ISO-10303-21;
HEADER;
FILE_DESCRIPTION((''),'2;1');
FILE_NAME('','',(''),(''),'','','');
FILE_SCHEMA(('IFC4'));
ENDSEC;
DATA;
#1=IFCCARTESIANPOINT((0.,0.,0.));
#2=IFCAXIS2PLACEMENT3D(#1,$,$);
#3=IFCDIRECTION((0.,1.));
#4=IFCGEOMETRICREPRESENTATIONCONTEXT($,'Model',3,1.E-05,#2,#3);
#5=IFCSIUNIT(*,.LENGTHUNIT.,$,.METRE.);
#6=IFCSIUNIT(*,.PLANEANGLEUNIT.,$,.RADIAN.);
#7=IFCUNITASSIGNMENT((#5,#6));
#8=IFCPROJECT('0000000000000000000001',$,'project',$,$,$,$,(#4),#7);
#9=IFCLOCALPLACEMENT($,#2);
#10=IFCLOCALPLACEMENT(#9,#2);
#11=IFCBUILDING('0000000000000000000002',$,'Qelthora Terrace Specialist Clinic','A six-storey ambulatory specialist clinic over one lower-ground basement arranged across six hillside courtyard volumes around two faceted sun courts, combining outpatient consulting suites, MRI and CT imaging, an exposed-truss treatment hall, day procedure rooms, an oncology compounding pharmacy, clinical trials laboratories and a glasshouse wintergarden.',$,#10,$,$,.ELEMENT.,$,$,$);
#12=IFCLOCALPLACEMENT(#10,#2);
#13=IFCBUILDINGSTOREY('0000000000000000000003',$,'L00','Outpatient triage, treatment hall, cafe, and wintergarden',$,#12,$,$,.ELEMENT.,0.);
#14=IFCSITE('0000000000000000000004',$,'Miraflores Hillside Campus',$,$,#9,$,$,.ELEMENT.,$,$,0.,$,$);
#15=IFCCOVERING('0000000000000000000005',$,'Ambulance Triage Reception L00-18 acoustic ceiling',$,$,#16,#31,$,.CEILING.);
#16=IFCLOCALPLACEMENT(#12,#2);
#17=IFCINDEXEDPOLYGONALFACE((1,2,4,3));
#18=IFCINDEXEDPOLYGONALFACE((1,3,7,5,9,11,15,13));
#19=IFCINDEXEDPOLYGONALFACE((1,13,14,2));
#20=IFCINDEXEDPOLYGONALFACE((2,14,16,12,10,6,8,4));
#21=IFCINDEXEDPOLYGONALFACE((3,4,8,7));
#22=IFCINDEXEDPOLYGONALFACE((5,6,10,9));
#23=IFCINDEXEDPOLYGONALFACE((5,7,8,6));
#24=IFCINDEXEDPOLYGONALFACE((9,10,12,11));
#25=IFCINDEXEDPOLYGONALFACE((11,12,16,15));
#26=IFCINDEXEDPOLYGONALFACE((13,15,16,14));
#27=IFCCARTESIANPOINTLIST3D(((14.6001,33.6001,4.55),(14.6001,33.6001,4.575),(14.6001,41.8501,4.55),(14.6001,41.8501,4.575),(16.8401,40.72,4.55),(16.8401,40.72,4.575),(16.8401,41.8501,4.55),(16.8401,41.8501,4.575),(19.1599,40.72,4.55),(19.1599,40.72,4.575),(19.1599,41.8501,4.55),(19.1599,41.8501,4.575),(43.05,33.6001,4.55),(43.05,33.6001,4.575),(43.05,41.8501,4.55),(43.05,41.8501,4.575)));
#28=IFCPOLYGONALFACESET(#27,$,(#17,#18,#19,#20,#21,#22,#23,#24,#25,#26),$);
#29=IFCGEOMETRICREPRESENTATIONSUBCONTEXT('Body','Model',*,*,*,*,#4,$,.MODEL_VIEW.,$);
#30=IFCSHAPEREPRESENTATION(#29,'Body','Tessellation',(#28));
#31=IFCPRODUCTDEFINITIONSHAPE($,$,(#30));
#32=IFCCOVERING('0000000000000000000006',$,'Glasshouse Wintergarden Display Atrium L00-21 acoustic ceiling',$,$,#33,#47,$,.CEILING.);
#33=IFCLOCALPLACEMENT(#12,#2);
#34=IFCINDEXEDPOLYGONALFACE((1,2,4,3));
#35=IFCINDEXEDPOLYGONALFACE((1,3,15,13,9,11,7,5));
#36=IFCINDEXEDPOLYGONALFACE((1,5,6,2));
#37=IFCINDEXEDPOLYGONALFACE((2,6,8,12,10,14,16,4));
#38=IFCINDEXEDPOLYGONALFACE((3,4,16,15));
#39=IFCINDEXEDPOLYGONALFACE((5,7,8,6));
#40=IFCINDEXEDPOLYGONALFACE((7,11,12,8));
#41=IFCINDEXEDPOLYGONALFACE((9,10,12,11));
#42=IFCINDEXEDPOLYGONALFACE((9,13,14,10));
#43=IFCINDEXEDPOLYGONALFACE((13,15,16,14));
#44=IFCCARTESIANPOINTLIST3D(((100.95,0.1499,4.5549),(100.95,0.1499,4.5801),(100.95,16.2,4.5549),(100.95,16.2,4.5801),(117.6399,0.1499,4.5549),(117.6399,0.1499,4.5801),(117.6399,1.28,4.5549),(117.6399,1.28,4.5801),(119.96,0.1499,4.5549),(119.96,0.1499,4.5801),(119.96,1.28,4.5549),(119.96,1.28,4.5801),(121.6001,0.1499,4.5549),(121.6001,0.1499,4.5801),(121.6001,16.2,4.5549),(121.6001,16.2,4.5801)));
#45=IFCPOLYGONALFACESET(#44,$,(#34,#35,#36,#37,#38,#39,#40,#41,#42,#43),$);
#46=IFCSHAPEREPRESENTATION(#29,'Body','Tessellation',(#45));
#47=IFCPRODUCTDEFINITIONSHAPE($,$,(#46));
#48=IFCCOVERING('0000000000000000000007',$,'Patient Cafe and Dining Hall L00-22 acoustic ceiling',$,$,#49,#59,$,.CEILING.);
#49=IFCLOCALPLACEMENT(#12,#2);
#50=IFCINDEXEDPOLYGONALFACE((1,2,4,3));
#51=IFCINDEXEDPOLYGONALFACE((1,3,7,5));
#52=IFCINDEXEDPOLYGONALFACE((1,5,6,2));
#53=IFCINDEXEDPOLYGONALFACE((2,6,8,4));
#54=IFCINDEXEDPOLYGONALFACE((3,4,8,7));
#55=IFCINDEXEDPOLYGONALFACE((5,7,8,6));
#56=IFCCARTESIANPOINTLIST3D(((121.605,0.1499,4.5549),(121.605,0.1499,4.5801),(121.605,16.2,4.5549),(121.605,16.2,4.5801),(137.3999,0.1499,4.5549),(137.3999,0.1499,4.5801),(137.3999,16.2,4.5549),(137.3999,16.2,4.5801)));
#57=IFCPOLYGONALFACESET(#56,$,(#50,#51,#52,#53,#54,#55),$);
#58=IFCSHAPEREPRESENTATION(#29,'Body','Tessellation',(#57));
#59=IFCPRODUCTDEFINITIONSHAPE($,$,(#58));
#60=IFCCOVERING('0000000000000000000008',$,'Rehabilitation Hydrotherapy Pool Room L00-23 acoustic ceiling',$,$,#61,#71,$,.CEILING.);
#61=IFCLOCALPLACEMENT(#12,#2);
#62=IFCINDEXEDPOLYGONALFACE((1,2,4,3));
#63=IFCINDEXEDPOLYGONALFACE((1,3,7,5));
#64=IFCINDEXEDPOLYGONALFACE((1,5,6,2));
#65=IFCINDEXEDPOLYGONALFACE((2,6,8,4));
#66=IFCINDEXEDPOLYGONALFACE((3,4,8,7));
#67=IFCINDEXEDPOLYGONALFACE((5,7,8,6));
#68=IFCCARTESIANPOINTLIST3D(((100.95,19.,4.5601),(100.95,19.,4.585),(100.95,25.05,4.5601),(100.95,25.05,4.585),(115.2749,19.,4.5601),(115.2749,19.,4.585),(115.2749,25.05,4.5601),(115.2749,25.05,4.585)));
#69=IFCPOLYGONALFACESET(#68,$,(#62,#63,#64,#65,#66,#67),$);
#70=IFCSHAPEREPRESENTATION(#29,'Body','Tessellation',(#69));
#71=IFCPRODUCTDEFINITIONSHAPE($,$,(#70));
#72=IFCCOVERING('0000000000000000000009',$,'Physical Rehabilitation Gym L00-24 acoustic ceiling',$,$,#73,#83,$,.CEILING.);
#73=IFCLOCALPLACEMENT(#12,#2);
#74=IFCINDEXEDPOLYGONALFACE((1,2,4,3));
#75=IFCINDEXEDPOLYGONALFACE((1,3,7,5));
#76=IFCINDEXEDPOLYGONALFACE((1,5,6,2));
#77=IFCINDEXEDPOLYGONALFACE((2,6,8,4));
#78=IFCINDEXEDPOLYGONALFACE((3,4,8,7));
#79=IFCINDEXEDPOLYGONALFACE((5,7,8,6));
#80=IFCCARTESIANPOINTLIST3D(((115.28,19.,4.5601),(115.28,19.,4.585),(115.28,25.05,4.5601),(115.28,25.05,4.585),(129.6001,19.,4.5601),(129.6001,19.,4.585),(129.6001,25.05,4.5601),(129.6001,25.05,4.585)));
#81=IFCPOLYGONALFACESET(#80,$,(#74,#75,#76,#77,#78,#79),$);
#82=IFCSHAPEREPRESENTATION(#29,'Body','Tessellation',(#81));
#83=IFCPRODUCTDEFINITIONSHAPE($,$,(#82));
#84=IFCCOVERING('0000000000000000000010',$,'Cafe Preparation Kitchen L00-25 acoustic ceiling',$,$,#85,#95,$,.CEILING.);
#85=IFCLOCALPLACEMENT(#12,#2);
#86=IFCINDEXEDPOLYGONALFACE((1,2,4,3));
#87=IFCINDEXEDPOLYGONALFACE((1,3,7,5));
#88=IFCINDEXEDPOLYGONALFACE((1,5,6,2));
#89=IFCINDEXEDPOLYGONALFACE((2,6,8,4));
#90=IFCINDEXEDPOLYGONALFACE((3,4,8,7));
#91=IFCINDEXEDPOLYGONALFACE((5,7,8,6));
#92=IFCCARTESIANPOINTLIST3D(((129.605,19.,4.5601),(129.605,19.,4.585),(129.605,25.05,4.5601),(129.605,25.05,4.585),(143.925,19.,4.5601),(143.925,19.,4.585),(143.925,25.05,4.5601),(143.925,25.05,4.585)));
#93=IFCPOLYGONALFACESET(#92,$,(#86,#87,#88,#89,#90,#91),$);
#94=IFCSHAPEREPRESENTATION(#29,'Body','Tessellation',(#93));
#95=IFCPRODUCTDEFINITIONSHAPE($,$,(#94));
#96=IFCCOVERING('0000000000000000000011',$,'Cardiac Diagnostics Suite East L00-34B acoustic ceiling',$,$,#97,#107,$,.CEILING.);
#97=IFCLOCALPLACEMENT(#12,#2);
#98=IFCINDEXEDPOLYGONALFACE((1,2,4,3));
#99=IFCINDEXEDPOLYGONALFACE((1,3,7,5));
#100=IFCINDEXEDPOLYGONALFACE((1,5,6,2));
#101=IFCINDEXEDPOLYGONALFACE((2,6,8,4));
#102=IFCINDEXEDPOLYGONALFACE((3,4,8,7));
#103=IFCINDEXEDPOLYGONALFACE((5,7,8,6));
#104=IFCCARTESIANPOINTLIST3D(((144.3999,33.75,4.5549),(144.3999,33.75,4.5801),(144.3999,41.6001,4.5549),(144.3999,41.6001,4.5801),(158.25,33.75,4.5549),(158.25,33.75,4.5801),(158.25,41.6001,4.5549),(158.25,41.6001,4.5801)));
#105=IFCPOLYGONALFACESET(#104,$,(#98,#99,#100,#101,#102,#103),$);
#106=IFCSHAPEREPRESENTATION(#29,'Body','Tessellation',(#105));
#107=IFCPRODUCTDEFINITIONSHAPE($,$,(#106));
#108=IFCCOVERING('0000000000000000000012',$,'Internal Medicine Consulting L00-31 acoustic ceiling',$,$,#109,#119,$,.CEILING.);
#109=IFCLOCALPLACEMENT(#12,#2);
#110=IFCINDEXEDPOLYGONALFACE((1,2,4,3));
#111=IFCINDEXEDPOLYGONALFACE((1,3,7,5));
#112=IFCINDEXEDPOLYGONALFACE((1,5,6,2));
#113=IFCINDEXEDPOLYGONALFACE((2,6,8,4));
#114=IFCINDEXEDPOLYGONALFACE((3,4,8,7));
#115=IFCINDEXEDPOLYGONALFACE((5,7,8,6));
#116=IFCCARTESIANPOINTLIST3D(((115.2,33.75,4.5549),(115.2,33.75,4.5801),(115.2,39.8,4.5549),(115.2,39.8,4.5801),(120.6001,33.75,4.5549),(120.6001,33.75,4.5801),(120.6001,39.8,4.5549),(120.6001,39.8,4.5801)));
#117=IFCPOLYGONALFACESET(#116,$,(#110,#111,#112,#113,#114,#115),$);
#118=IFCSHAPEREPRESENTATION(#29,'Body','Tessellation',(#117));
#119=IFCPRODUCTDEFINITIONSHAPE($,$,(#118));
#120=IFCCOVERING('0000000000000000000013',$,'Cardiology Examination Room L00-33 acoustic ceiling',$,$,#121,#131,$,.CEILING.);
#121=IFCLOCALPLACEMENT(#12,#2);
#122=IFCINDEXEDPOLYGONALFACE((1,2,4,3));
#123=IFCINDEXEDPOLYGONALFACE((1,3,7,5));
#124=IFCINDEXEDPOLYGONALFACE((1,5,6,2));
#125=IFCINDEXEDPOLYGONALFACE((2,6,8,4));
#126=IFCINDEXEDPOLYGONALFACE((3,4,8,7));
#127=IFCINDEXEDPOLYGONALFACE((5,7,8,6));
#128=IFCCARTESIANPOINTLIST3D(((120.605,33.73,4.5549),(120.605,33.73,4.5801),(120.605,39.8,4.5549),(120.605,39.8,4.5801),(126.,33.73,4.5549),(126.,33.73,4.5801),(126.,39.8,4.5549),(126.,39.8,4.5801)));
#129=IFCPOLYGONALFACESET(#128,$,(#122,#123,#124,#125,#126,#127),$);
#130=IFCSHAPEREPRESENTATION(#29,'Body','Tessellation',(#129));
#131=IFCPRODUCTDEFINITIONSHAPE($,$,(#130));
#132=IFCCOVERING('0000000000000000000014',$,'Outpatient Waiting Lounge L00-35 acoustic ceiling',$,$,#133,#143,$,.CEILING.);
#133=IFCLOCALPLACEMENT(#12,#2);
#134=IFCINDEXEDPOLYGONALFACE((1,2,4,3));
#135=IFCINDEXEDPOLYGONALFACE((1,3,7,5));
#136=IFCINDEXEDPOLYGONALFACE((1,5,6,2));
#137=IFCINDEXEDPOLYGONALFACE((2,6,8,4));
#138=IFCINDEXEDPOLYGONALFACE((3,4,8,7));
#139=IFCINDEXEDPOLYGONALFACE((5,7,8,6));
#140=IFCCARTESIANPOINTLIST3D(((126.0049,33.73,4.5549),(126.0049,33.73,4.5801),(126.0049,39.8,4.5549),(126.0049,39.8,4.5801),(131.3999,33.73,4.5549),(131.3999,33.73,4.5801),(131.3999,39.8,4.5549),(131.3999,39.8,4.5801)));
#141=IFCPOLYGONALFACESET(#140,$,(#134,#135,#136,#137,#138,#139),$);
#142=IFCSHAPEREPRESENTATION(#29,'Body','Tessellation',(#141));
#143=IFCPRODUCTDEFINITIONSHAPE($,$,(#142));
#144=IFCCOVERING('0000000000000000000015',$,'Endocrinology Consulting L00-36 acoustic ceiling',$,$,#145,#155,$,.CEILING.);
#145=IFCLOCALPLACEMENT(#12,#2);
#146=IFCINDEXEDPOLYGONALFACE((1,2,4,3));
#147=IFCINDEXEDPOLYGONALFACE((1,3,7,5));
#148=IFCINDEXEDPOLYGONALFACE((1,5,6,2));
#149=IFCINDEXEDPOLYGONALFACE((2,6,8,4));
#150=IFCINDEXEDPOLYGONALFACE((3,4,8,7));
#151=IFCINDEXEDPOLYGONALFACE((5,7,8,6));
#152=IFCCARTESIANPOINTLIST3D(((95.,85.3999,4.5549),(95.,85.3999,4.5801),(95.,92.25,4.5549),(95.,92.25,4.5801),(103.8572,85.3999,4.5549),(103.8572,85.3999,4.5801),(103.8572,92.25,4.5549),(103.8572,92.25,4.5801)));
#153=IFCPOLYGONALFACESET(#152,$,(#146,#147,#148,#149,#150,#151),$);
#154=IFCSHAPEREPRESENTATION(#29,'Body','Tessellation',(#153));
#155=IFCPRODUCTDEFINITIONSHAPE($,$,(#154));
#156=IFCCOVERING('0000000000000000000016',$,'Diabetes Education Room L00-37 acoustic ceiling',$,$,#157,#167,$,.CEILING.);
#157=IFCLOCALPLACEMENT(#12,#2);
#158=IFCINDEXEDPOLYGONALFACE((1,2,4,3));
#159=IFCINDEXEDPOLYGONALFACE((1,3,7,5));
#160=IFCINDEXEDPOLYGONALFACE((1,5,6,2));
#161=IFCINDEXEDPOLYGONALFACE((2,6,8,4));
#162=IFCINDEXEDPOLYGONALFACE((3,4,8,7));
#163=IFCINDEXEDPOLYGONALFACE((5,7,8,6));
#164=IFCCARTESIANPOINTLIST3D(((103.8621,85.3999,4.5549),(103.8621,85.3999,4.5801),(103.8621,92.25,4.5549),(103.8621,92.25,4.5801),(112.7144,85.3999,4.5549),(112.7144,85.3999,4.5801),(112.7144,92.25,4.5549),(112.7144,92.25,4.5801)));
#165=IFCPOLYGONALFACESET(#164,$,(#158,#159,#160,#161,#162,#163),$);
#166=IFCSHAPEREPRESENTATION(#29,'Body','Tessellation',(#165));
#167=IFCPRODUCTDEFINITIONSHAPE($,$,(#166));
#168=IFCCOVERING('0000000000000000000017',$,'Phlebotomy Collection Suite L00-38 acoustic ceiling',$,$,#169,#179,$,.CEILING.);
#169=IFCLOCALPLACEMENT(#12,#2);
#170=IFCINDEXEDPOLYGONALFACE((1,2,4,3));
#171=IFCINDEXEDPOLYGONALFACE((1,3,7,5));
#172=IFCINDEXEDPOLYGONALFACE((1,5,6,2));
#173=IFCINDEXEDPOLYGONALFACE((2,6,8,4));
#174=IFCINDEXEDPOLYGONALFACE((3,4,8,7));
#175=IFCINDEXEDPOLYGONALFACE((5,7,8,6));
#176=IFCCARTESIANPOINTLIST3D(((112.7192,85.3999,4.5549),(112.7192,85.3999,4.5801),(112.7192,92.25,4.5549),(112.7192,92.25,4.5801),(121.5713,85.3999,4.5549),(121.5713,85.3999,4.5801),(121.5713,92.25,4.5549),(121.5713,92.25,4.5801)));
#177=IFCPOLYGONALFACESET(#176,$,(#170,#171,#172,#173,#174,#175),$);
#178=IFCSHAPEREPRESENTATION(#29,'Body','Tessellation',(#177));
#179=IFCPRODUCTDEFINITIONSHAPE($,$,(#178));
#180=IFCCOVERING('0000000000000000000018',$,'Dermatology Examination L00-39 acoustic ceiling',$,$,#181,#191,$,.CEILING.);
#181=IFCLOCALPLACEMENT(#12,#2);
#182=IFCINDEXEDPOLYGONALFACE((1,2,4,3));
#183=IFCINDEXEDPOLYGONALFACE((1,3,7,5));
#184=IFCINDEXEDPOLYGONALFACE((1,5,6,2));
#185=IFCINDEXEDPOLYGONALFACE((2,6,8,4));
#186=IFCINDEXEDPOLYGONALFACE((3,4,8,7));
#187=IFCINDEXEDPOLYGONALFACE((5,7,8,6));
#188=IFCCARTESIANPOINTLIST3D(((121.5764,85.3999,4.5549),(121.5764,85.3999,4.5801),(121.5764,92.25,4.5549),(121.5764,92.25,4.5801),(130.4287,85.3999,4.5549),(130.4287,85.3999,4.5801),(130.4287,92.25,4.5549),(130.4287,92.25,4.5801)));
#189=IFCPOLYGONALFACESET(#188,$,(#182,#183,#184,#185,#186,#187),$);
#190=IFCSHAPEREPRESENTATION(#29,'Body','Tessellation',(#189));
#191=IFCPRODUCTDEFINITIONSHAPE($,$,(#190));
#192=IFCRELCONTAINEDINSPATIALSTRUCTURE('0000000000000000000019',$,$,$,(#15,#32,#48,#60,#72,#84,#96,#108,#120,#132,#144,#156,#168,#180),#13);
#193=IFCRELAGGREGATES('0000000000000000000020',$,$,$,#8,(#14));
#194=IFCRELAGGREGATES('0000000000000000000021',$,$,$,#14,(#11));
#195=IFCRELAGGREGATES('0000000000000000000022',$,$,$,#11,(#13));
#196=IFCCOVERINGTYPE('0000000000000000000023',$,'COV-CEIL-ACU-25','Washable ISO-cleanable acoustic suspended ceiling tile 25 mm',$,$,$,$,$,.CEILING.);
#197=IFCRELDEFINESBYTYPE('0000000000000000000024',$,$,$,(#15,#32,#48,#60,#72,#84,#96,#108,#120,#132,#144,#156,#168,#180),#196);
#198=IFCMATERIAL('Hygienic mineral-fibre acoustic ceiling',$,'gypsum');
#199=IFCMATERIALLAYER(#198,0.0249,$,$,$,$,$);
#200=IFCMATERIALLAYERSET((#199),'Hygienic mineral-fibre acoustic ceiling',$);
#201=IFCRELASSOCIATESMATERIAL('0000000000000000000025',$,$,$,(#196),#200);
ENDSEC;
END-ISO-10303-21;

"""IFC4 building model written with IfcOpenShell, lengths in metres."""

from ifc_helpers import new_model, si_unit, direction, frame, origin, place, context, subcontext, project, spatial, polyline, outline, extrude, material, layer, layer_set, type_object, element, save


model = new_model("IFC4")

# Units and contexts
model_context = context("Model", 3, precision=1e-05, world=origin(), true_north=direction((0.0, 1.0)))
body_context = subcontext(model_context, "Body", "Model", "MODEL_VIEW")
ifc_project = project(units=[si_unit("LENGTHUNIT", "METRE"), si_unit("PLANEANGLEUNIT", "RADIAN")], contexts=[model_context])

# Site, building, storey
site_placement = place(None, origin())
site = spatial("IfcSite", under=ifc_project, at=site_placement, Name="Miraflores Hillside Campus", CompositionType="ELEMENT", RefElevation=0.0)
building_placement = place(site_placement, origin())
building = spatial("IfcBuilding", under=site, at=building_placement, Name="Qelthora Terrace Specialist Clinic", Description="A six-storey ambulatory specialist clinic over one lower-ground basement arranged across six hillside courtyard volumes around two faceted sun courts, combining outpatient consulting suites, MRI and CT imaging, an exposed-truss treatment hall, day procedure rooms, an oncology compounding pharmacy, clinical trials laboratories and a glasshouse wintergarden.", CompositionType="ELEMENT")
storey_placement = place(building_placement, origin())
storey = spatial("IfcBuildingStorey", under=building, at=storey_placement, Name="L00", Description="Outpatient triage, treatment hall, cafe, and wintergarden", CompositionType="ELEMENT", Elevation=0.0)

# Coverings
ifc_material_1 = material(Name="Hygienic mineral-fibre acoustic ceiling", Category="gypsum")
ifc_layer_1 = layer(ifc_material_1, 0.0249)
ifc_layer_set_1 = layer_set([ifc_layer_1], Name="Hygienic mineral-fibre acoustic ceiling")
covering_type = type_object("IfcCoveringType", Name="COV-CEIL-ACU-25", Description="Washable ISO-cleanable acoustic suspended ceiling tile 25 mm", PredefinedType="CEILING", material=ifc_layer_set_1)
covering_1_placement = place(storey_placement, frame((0.0, 0.0, 4.55)))
element("IfcCovering", 1, at=covering_1_placement, inside=storey, type_object=covering_type, Name="Ambulance Triage Reception L00-18 acoustic ceiling", PredefinedType="CEILING", context=body_context, shape_type="SweptSolid", body=[
    extrude(outline(polyline([(19.1599, 40.72), (19.1599, 41.8501), (43.05, 41.8501), (43.05, 33.6001), (14.6001, 33.6001), (14.6001, 41.8501), (16.8401, 41.8501), (16.8401, 40.72), (19.1599, 40.72)])), origin(), (0.0, 0.0, 1.0), 0.0249),
])
covering_2_placement = place(storey_placement, frame((0.0, 0.0, 4.5549)))
element("IfcCovering", 2, at=covering_2_placement, inside=storey, type_object=covering_type, Name="Glasshouse Wintergarden Display Atrium L00-21 acoustic ceiling", PredefinedType="CEILING", context=body_context, shape_type="SweptSolid", body=[
    extrude(outline(polyline([(119.96, 0.1499), (119.96, 1.28), (117.6399, 1.28), (117.6399, 0.1499), (100.95, 0.1499), (100.95, 16.2), (121.6001, 16.2), (121.6001, 0.1499), (119.96, 0.1499)])), origin(), (0.0, 0.0, 1.0), 0.0251),
])
covering_3_placement = place(storey_placement, frame((0.0, 0.0, 4.5549)))
element("IfcCovering", 3, at=covering_3_placement, inside=storey, type_object=covering_type, Name="Patient Cafe and Dining Hall L00-22 acoustic ceiling", PredefinedType="CEILING", context=body_context, shape_type="SweptSolid", body=[
    extrude(outline(polyline([(121.605, 0.1499), (121.605, 16.2), (137.3999, 16.2), (137.3999, 0.1499), (121.605, 0.1499)])), origin(), (0.0, 0.0, 1.0), 0.0251),
])
covering_4_placement = place(storey_placement, frame((0.0, 0.0, 4.5601)))
element("IfcCovering", 4, at=covering_4_placement, inside=storey, type_object=covering_type, Name="Rehabilitation Hydrotherapy Pool Room L00-23 acoustic ceiling", PredefinedType="CEILING", context=body_context, shape_type="SweptSolid", body=[
    extrude(outline(polyline([(100.95, 19.0), (100.95, 25.05), (115.2749, 25.05), (115.2749, 19.0), (100.95, 19.0)])), origin(), (0.0, 0.0, 1.0), 0.0249),
])
covering_5_placement = place(storey_placement, frame((0.0, 0.0, 4.5601)))
element("IfcCovering", 5, at=covering_5_placement, inside=storey, type_object=covering_type, Name="Physical Rehabilitation Gym L00-24 acoustic ceiling", PredefinedType="CEILING", context=body_context, shape_type="SweptSolid", body=[
    extrude(outline(polyline([(115.28, 19.0), (115.28, 25.05), (129.6001, 25.05), (129.6001, 19.0), (115.28, 19.0)])), origin(), (0.0, 0.0, 1.0), 0.0249),
])
covering_6_placement = place(storey_placement, frame((0.0, 0.0, 4.5601)))
element("IfcCovering", 6, at=covering_6_placement, inside=storey, type_object=covering_type, Name="Cafe Preparation Kitchen L00-25 acoustic ceiling", PredefinedType="CEILING", context=body_context, shape_type="SweptSolid", body=[
    extrude(outline(polyline([(129.605, 19.0), (129.605, 25.05), (143.925, 25.05), (143.925, 19.0), (129.605, 19.0)])), origin(), (0.0, 0.0, 1.0), 0.0249),
])
covering_7_placement = place(storey_placement, frame((0.0, 0.0, 4.5549)))
element("IfcCovering", 7, at=covering_7_placement, inside=storey, type_object=covering_type, Name="Cardiac Diagnostics Suite East L00-34B acoustic ceiling", PredefinedType="CEILING", context=body_context, shape_type="SweptSolid", body=[
    extrude(outline(polyline([(144.3999, 33.75), (144.3999, 41.6001), (158.25, 41.6001), (158.25, 33.75), (144.3999, 33.75)])), origin(), (0.0, 0.0, 1.0), 0.0251),
])
covering_8_placement = place(storey_placement, frame((0.0, 0.0, 4.5549)))
element("IfcCovering", 8, at=covering_8_placement, inside=storey, type_object=covering_type, Name="Internal Medicine Consulting L00-31 acoustic ceiling", PredefinedType="CEILING", context=body_context, shape_type="SweptSolid", body=[
    extrude(outline(polyline([(115.2, 33.75), (115.2, 39.8), (120.6001, 39.8), (120.6001, 33.75), (115.2, 33.75)])), origin(), (0.0, 0.0, 1.0), 0.0251),
])
covering_9_placement = place(storey_placement, frame((0.0, 0.0, 4.5549)))
element("IfcCovering", 9, at=covering_9_placement, inside=storey, type_object=covering_type, Name="Cardiology Examination Room L00-33 acoustic ceiling", PredefinedType="CEILING", context=body_context, shape_type="SweptSolid", body=[
    extrude(outline(polyline([(120.605, 39.8), (126.0, 39.8), (126.0, 33.73), (120.605, 33.73), (120.605, 39.8)])), origin(), (0.0, 0.0, 1.0), 0.0251),
])
covering_10_placement = place(storey_placement, frame((0.0, 0.0, 4.5549)))
element("IfcCovering", 10, at=covering_10_placement, inside=storey, type_object=covering_type, Name="Outpatient Waiting Lounge L00-35 acoustic ceiling", PredefinedType="CEILING", context=body_context, shape_type="SweptSolid", body=[
    extrude(outline(polyline([(126.0049, 39.8), (131.3999, 39.8), (131.3999, 33.73), (126.0049, 33.73), (126.0049, 39.8)])), origin(), (0.0, 0.0, 1.0), 0.0251),
])
covering_11_placement = place(storey_placement, frame((0.0, 0.0, 4.5549)))
element("IfcCovering", 11, at=covering_11_placement, inside=storey, type_object=covering_type, Name="Endocrinology Consulting L00-36 acoustic ceiling", PredefinedType="CEILING", context=body_context, shape_type="SweptSolid", body=[
    extrude(outline(polyline([(95.0, 85.3999), (95.0, 92.25), (103.8572, 92.25), (103.8572, 85.3999), (95.0, 85.3999)])), origin(), (0.0, 0.0, 1.0), 0.0251),
])
covering_12_placement = place(storey_placement, frame((0.0, 0.0, 4.5549)))
element("IfcCovering", 12, at=covering_12_placement, inside=storey, type_object=covering_type, Name="Diabetes Education Room L00-37 acoustic ceiling", PredefinedType="CEILING", context=body_context, shape_type="SweptSolid", body=[
    extrude(outline(polyline([(103.8621, 85.3999), (103.8621, 92.25), (112.7144, 92.25), (112.7144, 85.3999), (103.8621, 85.3999)])), origin(), (0.0, 0.0, 1.0), 0.0251),
])
covering_13_placement = place(storey_placement, frame((0.0, 0.0, 4.5549)))
element("IfcCovering", 13, at=covering_13_placement, inside=storey, type_object=covering_type, Name="Phlebotomy Collection Suite L00-38 acoustic ceiling", PredefinedType="CEILING", context=body_context, shape_type="SweptSolid", body=[
    extrude(outline(polyline([(112.7192, 85.3999), (112.7192, 92.25), (121.5713, 92.25), (121.5713, 85.3999), (112.7192, 85.3999)])), origin(), (0.0, 0.0, 1.0), 0.0251),
])
covering_14_placement = place(storey_placement, frame((0.0, 0.0, 4.5549)))
element("IfcCovering", 14, at=covering_14_placement, inside=storey, type_object=covering_type, Name="Dermatology Examination L00-39 acoustic ceiling", PredefinedType="CEILING", context=body_context, shape_type="SweptSolid", body=[
    extrude(outline(polyline([(121.5764, 85.3999), (121.5764, 92.25), (130.4287, 92.25), (130.4287, 85.3999), (121.5764, 85.3999)])), origin(), (0.0, 0.0, 1.0), 0.0251),
])

save(model, "model.ifc")
